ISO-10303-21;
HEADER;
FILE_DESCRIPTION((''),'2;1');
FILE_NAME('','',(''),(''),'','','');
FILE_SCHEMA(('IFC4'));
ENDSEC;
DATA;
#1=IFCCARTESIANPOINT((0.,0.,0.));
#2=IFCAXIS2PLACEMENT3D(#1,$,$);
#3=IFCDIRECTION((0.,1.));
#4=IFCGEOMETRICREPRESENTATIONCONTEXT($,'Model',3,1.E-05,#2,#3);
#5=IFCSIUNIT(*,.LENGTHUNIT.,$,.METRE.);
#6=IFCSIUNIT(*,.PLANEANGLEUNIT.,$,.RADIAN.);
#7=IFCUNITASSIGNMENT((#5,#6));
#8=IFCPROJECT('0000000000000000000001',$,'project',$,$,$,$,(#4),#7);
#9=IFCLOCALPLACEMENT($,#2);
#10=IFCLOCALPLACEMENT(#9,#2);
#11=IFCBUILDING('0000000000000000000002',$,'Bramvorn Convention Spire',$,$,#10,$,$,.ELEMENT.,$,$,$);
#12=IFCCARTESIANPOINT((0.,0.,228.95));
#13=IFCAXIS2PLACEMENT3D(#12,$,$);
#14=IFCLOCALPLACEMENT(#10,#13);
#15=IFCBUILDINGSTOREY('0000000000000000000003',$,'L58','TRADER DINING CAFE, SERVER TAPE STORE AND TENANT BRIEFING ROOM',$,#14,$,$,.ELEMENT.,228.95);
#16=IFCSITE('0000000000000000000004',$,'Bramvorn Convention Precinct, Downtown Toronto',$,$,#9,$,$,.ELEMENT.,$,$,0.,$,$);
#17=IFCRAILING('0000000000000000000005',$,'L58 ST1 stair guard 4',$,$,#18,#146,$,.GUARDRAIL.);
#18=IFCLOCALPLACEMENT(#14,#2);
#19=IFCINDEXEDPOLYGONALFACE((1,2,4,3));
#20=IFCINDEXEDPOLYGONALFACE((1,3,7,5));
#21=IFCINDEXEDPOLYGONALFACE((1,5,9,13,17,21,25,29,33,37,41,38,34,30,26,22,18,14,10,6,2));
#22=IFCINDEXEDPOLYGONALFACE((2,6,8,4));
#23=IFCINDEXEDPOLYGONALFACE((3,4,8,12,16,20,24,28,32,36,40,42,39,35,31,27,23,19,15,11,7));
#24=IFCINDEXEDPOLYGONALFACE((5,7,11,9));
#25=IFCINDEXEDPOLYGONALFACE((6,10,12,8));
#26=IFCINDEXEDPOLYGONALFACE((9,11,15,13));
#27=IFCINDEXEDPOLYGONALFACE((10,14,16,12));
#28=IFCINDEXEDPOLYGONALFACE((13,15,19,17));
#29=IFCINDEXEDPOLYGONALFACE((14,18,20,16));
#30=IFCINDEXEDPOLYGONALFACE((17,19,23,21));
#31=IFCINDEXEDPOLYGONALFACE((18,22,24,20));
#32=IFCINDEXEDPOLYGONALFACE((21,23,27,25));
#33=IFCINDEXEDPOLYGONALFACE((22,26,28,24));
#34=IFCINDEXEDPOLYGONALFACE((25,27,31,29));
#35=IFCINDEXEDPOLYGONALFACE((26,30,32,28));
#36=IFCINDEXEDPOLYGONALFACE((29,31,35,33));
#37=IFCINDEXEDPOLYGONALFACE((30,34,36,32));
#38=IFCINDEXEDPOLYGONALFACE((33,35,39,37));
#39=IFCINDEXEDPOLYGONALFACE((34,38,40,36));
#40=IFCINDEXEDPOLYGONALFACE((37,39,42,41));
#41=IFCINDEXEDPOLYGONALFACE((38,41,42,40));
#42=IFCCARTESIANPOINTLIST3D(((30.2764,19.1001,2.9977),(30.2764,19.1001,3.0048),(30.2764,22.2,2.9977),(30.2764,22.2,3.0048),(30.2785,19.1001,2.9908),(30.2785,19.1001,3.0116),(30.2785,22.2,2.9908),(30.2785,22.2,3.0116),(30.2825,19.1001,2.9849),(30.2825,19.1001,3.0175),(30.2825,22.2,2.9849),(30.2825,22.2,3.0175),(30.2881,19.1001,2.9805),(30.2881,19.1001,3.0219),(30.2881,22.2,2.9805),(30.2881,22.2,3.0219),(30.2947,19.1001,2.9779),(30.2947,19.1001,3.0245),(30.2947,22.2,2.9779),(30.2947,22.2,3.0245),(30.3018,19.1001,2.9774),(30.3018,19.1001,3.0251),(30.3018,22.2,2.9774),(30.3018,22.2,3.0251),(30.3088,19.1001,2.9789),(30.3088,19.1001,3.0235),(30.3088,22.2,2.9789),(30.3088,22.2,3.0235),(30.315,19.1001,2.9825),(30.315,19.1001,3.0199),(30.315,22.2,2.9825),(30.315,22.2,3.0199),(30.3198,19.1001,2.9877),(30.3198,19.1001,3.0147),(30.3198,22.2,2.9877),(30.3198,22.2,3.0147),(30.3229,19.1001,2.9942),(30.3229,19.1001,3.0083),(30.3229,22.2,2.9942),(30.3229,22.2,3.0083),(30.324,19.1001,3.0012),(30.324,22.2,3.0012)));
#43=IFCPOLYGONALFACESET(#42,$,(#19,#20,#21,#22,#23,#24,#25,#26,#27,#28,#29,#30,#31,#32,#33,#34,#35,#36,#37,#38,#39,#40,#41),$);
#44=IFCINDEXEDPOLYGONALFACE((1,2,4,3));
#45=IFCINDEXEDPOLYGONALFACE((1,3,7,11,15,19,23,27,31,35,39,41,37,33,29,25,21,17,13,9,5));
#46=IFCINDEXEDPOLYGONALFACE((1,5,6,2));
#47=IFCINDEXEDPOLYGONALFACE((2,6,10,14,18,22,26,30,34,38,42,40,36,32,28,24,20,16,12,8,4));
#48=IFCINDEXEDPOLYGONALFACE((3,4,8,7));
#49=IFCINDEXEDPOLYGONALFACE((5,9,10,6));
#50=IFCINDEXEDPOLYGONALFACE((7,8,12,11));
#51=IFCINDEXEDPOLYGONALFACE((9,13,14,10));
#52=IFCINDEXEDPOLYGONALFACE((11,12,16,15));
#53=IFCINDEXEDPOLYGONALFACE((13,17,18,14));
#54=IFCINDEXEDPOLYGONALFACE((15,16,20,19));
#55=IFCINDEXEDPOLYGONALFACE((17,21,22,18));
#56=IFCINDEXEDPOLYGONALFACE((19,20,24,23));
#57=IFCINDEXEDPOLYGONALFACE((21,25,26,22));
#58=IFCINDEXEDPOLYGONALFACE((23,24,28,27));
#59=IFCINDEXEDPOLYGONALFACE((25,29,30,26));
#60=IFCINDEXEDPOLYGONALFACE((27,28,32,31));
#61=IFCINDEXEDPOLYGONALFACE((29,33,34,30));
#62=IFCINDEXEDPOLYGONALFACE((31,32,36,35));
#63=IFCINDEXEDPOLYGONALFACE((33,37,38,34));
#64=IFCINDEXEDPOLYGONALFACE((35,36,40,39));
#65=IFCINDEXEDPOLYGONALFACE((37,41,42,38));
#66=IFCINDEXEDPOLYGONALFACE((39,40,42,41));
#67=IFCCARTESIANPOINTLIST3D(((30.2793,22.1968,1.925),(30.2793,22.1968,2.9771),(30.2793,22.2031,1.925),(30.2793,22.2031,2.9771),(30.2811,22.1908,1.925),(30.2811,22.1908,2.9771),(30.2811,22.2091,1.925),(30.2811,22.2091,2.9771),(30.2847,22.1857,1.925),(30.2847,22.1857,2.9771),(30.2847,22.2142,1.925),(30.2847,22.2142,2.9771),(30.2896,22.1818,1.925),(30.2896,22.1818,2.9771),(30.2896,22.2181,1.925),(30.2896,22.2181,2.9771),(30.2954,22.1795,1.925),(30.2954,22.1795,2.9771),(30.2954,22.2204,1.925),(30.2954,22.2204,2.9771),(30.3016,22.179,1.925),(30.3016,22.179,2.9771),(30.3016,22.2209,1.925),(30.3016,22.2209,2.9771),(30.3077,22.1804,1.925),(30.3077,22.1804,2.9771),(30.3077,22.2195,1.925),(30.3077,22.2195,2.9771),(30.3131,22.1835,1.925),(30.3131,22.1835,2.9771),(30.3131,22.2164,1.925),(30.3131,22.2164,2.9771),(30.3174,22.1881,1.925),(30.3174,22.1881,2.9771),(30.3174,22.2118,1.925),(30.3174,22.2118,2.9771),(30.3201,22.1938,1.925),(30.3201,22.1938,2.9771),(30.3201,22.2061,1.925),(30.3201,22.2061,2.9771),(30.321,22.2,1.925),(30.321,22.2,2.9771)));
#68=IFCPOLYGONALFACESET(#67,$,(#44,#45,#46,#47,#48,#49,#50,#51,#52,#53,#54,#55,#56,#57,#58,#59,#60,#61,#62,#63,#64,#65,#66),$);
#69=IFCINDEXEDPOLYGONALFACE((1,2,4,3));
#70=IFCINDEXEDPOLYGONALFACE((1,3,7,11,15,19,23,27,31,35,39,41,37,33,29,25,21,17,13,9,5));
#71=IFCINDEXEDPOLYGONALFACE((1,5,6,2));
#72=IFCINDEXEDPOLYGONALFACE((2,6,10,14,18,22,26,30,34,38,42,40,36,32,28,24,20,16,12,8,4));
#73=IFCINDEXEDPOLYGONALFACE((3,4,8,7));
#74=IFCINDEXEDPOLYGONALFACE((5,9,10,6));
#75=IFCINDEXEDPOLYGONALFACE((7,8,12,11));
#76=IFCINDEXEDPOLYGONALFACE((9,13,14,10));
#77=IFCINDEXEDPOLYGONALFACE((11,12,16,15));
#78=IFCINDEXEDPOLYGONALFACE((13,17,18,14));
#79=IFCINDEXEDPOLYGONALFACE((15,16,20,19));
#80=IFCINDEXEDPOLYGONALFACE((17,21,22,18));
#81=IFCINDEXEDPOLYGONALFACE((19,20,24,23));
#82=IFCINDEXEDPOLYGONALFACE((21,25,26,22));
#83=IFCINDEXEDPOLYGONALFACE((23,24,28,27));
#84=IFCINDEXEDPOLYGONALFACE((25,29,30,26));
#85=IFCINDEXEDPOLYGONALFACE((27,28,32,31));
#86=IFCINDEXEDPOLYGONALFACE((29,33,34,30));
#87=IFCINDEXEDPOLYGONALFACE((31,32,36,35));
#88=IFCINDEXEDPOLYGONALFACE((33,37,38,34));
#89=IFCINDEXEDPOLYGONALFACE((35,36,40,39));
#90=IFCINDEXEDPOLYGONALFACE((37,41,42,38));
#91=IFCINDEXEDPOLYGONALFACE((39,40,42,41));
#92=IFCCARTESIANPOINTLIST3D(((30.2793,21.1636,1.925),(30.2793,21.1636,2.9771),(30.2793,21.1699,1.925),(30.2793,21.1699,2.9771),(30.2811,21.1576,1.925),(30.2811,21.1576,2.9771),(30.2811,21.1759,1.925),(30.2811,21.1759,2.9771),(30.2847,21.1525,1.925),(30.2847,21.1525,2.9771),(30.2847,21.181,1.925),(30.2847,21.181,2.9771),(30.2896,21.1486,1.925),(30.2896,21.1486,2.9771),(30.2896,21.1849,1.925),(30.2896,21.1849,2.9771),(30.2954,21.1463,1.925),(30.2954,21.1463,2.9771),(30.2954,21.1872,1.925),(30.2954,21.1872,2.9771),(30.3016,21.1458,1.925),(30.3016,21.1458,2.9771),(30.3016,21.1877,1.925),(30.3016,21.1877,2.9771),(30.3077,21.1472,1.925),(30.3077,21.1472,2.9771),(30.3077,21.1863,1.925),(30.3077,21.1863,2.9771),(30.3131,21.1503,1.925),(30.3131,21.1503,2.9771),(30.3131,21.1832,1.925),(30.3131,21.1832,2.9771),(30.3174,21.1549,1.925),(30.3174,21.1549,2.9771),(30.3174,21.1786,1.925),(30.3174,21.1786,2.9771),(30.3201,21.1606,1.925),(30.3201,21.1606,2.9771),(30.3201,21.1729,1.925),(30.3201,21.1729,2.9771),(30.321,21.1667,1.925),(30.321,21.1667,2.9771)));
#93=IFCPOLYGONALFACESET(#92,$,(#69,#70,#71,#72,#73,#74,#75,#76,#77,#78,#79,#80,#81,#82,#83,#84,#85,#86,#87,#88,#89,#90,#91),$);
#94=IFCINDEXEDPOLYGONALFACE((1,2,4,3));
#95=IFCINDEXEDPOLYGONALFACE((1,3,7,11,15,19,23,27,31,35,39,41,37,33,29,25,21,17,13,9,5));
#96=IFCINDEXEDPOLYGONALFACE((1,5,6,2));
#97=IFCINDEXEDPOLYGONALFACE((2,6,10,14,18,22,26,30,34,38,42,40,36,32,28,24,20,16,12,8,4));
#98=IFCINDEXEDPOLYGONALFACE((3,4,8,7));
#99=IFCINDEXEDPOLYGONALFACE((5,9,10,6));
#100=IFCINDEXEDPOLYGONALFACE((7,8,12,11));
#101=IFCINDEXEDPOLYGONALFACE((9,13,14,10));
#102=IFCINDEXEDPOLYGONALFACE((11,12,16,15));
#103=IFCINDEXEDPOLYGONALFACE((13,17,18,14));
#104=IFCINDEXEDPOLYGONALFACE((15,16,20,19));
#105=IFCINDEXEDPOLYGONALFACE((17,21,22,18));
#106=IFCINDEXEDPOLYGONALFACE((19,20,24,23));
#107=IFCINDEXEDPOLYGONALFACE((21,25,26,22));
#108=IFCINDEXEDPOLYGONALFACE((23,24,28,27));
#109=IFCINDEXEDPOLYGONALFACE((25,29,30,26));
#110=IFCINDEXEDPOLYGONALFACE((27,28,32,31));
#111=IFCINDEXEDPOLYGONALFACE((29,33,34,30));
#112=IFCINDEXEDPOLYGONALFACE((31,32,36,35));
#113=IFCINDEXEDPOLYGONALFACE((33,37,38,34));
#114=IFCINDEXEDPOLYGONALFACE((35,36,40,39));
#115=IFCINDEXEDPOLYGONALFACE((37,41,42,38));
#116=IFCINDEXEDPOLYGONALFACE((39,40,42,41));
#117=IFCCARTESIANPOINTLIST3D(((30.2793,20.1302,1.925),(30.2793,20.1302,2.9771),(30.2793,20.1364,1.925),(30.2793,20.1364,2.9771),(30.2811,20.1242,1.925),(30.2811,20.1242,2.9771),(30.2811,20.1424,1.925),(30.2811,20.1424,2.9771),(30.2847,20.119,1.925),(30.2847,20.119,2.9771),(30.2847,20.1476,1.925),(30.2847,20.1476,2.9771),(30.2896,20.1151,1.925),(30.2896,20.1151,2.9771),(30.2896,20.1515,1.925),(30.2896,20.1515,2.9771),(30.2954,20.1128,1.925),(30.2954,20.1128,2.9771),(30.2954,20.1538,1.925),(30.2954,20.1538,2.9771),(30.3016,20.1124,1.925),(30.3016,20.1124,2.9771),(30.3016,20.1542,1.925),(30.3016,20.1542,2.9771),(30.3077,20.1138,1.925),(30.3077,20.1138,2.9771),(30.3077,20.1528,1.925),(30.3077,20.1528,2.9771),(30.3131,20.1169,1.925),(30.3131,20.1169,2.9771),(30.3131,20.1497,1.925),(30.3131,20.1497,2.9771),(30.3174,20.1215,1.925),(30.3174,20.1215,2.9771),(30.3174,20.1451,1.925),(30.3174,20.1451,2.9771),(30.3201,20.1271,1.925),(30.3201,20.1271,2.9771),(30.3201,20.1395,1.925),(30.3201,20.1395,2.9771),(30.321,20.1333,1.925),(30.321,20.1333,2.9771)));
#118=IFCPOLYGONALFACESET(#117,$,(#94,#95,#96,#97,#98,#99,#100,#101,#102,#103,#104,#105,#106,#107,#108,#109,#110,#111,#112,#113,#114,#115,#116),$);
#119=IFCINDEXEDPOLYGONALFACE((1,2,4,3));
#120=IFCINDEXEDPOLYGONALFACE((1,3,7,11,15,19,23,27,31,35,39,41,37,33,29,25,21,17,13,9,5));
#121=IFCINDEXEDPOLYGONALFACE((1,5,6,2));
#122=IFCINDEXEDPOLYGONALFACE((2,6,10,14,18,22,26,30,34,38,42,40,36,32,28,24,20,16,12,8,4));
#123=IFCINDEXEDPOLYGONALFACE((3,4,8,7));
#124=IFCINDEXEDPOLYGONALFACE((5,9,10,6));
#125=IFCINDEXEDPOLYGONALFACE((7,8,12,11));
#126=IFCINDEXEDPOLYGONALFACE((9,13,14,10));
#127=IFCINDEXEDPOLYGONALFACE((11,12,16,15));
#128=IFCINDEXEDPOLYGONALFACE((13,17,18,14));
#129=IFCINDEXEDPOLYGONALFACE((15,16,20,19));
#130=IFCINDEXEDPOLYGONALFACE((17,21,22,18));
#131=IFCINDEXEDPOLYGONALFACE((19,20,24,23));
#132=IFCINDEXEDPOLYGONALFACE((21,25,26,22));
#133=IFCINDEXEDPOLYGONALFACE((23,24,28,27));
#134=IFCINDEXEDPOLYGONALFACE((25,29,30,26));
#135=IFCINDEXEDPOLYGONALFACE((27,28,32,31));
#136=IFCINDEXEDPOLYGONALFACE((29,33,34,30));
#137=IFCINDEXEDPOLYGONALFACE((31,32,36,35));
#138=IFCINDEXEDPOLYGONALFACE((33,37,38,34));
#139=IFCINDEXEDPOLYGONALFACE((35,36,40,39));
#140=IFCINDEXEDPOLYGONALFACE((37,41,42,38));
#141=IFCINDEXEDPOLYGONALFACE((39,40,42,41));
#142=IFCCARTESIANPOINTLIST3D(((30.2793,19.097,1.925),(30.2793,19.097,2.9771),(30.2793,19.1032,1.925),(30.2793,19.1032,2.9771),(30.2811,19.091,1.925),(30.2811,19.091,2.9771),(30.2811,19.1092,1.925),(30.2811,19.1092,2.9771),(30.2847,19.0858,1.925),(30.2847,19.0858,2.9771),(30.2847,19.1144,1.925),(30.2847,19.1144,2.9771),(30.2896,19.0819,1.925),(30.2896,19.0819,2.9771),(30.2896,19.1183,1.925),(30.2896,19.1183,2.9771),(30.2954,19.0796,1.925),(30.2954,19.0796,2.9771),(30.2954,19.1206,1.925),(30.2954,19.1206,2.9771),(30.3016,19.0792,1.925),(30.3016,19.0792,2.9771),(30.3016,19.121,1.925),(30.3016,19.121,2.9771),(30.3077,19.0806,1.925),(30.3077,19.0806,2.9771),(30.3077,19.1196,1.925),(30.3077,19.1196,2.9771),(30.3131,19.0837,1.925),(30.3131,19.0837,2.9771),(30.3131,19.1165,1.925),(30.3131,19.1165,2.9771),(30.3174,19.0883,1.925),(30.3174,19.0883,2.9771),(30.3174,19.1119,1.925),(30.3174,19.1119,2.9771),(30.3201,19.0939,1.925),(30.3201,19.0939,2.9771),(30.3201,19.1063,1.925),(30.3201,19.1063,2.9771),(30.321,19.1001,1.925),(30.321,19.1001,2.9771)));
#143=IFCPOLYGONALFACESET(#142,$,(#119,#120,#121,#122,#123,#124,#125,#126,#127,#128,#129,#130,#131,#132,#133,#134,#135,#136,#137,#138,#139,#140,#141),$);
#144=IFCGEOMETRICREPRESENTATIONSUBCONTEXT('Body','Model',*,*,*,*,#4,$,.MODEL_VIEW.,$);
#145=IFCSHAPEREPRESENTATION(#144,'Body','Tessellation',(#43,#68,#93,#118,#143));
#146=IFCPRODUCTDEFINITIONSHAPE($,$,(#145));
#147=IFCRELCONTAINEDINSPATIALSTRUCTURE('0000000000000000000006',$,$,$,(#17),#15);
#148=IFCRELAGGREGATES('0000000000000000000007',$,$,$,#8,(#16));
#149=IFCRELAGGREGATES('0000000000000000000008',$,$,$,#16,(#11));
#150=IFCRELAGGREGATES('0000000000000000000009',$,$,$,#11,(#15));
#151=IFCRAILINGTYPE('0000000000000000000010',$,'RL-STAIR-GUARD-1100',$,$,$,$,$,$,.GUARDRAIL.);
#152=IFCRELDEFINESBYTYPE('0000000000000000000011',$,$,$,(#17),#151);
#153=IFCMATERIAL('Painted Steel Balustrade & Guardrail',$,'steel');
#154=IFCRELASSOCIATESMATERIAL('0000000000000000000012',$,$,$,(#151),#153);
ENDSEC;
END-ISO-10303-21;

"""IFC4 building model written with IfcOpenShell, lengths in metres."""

from ifc_helpers import new_model, si_unit, direction, frame, origin, origin_2d, place, context, subcontext, project, spatial, circle, extrude, material, type_object, element, save


model = new_model("IFC4")

# Units and contexts
model_context = context("Model", 3, precision=1e-05, world=origin(), true_north=direction((0.0, 1.0)))
body_context = subcontext(model_context, "Body", "Model", "MODEL_VIEW")
ifc_project = project(units=[si_unit("LENGTHUNIT", "METRE"), si_unit("PLANEANGLEUNIT", "RADIAN")], contexts=[model_context])

# Site, building, storey
site_placement = place(None, origin())
site = spatial("IfcSite", under=ifc_project, at=site_placement, Name="Bramvorn Convention Precinct, Downtown Toronto", CompositionType="ELEMENT", RefElevation=0.0)
building_placement = place(site_placement, origin())
building = spatial("IfcBuilding", under=site, at=building_placement, Name="Bramvorn Convention Spire", CompositionType="ELEMENT")
storey_placement = place(building_placement, frame((0.0, 0.0, 228.95)))
storey = spatial("IfcBuildingStorey", under=building, at=storey_placement, Name="L58", Description="TRADER DINING CAFE, SERVER TAPE STORE AND TENANT BRIEFING ROOM", CompositionType="ELEMENT", Elevation=228.95)

# Railing
ifc_material_1 = material(Name="Painted Steel Balustrade & Guardrail", Category="steel")
railing_type_1 = type_object("IfcRailingType", Name="RL-STAIR-GUARD-1100", PredefinedType="GUARDRAIL", material=ifc_material_1)
for number, where, name in (
    (1, (30.3, 22.2, 1.925), "L58 ST1 stair guard 4"),
):
    element("IfcRailing", number, at=place(storey_placement, frame(where)), inside=storey, type_object=railing_type_1, Name=name, PredefinedType="GUARDRAIL", context=body_context, shape_type="SweptSolid", body=[
        extrude(circle(Radius=0.0239, at=origin_2d()), frame((0.0, 0.0, 1.0762), z_axis=(0.0, -1.0, 0.0), x_axis=(1.0, 0.0, 0.0)), (0.0, 0.0, 1.0), 3.0999),
        extrude(circle(Radius=0.021, at=origin_2d()), origin(), (0.0, 0.0, 1.0), 1.052),
        extrude(circle(Radius=0.021, at=origin_2d()), frame((0.0, -1.0332, 0.0)), (0.0, 0.0, 1.0), 1.052),
        extrude(circle(Radius=0.021, at=origin_2d()), frame((0.0, -2.0667, 0.0)), (0.0, 0.0, 1.0), 1.052),
        extrude(circle(Radius=0.021, at=origin_2d()), frame((0.0, -3.0999, 0.0)), (0.0, 0.0, 1.0), 1.052),
    ])

save(model, "model.ifc")
